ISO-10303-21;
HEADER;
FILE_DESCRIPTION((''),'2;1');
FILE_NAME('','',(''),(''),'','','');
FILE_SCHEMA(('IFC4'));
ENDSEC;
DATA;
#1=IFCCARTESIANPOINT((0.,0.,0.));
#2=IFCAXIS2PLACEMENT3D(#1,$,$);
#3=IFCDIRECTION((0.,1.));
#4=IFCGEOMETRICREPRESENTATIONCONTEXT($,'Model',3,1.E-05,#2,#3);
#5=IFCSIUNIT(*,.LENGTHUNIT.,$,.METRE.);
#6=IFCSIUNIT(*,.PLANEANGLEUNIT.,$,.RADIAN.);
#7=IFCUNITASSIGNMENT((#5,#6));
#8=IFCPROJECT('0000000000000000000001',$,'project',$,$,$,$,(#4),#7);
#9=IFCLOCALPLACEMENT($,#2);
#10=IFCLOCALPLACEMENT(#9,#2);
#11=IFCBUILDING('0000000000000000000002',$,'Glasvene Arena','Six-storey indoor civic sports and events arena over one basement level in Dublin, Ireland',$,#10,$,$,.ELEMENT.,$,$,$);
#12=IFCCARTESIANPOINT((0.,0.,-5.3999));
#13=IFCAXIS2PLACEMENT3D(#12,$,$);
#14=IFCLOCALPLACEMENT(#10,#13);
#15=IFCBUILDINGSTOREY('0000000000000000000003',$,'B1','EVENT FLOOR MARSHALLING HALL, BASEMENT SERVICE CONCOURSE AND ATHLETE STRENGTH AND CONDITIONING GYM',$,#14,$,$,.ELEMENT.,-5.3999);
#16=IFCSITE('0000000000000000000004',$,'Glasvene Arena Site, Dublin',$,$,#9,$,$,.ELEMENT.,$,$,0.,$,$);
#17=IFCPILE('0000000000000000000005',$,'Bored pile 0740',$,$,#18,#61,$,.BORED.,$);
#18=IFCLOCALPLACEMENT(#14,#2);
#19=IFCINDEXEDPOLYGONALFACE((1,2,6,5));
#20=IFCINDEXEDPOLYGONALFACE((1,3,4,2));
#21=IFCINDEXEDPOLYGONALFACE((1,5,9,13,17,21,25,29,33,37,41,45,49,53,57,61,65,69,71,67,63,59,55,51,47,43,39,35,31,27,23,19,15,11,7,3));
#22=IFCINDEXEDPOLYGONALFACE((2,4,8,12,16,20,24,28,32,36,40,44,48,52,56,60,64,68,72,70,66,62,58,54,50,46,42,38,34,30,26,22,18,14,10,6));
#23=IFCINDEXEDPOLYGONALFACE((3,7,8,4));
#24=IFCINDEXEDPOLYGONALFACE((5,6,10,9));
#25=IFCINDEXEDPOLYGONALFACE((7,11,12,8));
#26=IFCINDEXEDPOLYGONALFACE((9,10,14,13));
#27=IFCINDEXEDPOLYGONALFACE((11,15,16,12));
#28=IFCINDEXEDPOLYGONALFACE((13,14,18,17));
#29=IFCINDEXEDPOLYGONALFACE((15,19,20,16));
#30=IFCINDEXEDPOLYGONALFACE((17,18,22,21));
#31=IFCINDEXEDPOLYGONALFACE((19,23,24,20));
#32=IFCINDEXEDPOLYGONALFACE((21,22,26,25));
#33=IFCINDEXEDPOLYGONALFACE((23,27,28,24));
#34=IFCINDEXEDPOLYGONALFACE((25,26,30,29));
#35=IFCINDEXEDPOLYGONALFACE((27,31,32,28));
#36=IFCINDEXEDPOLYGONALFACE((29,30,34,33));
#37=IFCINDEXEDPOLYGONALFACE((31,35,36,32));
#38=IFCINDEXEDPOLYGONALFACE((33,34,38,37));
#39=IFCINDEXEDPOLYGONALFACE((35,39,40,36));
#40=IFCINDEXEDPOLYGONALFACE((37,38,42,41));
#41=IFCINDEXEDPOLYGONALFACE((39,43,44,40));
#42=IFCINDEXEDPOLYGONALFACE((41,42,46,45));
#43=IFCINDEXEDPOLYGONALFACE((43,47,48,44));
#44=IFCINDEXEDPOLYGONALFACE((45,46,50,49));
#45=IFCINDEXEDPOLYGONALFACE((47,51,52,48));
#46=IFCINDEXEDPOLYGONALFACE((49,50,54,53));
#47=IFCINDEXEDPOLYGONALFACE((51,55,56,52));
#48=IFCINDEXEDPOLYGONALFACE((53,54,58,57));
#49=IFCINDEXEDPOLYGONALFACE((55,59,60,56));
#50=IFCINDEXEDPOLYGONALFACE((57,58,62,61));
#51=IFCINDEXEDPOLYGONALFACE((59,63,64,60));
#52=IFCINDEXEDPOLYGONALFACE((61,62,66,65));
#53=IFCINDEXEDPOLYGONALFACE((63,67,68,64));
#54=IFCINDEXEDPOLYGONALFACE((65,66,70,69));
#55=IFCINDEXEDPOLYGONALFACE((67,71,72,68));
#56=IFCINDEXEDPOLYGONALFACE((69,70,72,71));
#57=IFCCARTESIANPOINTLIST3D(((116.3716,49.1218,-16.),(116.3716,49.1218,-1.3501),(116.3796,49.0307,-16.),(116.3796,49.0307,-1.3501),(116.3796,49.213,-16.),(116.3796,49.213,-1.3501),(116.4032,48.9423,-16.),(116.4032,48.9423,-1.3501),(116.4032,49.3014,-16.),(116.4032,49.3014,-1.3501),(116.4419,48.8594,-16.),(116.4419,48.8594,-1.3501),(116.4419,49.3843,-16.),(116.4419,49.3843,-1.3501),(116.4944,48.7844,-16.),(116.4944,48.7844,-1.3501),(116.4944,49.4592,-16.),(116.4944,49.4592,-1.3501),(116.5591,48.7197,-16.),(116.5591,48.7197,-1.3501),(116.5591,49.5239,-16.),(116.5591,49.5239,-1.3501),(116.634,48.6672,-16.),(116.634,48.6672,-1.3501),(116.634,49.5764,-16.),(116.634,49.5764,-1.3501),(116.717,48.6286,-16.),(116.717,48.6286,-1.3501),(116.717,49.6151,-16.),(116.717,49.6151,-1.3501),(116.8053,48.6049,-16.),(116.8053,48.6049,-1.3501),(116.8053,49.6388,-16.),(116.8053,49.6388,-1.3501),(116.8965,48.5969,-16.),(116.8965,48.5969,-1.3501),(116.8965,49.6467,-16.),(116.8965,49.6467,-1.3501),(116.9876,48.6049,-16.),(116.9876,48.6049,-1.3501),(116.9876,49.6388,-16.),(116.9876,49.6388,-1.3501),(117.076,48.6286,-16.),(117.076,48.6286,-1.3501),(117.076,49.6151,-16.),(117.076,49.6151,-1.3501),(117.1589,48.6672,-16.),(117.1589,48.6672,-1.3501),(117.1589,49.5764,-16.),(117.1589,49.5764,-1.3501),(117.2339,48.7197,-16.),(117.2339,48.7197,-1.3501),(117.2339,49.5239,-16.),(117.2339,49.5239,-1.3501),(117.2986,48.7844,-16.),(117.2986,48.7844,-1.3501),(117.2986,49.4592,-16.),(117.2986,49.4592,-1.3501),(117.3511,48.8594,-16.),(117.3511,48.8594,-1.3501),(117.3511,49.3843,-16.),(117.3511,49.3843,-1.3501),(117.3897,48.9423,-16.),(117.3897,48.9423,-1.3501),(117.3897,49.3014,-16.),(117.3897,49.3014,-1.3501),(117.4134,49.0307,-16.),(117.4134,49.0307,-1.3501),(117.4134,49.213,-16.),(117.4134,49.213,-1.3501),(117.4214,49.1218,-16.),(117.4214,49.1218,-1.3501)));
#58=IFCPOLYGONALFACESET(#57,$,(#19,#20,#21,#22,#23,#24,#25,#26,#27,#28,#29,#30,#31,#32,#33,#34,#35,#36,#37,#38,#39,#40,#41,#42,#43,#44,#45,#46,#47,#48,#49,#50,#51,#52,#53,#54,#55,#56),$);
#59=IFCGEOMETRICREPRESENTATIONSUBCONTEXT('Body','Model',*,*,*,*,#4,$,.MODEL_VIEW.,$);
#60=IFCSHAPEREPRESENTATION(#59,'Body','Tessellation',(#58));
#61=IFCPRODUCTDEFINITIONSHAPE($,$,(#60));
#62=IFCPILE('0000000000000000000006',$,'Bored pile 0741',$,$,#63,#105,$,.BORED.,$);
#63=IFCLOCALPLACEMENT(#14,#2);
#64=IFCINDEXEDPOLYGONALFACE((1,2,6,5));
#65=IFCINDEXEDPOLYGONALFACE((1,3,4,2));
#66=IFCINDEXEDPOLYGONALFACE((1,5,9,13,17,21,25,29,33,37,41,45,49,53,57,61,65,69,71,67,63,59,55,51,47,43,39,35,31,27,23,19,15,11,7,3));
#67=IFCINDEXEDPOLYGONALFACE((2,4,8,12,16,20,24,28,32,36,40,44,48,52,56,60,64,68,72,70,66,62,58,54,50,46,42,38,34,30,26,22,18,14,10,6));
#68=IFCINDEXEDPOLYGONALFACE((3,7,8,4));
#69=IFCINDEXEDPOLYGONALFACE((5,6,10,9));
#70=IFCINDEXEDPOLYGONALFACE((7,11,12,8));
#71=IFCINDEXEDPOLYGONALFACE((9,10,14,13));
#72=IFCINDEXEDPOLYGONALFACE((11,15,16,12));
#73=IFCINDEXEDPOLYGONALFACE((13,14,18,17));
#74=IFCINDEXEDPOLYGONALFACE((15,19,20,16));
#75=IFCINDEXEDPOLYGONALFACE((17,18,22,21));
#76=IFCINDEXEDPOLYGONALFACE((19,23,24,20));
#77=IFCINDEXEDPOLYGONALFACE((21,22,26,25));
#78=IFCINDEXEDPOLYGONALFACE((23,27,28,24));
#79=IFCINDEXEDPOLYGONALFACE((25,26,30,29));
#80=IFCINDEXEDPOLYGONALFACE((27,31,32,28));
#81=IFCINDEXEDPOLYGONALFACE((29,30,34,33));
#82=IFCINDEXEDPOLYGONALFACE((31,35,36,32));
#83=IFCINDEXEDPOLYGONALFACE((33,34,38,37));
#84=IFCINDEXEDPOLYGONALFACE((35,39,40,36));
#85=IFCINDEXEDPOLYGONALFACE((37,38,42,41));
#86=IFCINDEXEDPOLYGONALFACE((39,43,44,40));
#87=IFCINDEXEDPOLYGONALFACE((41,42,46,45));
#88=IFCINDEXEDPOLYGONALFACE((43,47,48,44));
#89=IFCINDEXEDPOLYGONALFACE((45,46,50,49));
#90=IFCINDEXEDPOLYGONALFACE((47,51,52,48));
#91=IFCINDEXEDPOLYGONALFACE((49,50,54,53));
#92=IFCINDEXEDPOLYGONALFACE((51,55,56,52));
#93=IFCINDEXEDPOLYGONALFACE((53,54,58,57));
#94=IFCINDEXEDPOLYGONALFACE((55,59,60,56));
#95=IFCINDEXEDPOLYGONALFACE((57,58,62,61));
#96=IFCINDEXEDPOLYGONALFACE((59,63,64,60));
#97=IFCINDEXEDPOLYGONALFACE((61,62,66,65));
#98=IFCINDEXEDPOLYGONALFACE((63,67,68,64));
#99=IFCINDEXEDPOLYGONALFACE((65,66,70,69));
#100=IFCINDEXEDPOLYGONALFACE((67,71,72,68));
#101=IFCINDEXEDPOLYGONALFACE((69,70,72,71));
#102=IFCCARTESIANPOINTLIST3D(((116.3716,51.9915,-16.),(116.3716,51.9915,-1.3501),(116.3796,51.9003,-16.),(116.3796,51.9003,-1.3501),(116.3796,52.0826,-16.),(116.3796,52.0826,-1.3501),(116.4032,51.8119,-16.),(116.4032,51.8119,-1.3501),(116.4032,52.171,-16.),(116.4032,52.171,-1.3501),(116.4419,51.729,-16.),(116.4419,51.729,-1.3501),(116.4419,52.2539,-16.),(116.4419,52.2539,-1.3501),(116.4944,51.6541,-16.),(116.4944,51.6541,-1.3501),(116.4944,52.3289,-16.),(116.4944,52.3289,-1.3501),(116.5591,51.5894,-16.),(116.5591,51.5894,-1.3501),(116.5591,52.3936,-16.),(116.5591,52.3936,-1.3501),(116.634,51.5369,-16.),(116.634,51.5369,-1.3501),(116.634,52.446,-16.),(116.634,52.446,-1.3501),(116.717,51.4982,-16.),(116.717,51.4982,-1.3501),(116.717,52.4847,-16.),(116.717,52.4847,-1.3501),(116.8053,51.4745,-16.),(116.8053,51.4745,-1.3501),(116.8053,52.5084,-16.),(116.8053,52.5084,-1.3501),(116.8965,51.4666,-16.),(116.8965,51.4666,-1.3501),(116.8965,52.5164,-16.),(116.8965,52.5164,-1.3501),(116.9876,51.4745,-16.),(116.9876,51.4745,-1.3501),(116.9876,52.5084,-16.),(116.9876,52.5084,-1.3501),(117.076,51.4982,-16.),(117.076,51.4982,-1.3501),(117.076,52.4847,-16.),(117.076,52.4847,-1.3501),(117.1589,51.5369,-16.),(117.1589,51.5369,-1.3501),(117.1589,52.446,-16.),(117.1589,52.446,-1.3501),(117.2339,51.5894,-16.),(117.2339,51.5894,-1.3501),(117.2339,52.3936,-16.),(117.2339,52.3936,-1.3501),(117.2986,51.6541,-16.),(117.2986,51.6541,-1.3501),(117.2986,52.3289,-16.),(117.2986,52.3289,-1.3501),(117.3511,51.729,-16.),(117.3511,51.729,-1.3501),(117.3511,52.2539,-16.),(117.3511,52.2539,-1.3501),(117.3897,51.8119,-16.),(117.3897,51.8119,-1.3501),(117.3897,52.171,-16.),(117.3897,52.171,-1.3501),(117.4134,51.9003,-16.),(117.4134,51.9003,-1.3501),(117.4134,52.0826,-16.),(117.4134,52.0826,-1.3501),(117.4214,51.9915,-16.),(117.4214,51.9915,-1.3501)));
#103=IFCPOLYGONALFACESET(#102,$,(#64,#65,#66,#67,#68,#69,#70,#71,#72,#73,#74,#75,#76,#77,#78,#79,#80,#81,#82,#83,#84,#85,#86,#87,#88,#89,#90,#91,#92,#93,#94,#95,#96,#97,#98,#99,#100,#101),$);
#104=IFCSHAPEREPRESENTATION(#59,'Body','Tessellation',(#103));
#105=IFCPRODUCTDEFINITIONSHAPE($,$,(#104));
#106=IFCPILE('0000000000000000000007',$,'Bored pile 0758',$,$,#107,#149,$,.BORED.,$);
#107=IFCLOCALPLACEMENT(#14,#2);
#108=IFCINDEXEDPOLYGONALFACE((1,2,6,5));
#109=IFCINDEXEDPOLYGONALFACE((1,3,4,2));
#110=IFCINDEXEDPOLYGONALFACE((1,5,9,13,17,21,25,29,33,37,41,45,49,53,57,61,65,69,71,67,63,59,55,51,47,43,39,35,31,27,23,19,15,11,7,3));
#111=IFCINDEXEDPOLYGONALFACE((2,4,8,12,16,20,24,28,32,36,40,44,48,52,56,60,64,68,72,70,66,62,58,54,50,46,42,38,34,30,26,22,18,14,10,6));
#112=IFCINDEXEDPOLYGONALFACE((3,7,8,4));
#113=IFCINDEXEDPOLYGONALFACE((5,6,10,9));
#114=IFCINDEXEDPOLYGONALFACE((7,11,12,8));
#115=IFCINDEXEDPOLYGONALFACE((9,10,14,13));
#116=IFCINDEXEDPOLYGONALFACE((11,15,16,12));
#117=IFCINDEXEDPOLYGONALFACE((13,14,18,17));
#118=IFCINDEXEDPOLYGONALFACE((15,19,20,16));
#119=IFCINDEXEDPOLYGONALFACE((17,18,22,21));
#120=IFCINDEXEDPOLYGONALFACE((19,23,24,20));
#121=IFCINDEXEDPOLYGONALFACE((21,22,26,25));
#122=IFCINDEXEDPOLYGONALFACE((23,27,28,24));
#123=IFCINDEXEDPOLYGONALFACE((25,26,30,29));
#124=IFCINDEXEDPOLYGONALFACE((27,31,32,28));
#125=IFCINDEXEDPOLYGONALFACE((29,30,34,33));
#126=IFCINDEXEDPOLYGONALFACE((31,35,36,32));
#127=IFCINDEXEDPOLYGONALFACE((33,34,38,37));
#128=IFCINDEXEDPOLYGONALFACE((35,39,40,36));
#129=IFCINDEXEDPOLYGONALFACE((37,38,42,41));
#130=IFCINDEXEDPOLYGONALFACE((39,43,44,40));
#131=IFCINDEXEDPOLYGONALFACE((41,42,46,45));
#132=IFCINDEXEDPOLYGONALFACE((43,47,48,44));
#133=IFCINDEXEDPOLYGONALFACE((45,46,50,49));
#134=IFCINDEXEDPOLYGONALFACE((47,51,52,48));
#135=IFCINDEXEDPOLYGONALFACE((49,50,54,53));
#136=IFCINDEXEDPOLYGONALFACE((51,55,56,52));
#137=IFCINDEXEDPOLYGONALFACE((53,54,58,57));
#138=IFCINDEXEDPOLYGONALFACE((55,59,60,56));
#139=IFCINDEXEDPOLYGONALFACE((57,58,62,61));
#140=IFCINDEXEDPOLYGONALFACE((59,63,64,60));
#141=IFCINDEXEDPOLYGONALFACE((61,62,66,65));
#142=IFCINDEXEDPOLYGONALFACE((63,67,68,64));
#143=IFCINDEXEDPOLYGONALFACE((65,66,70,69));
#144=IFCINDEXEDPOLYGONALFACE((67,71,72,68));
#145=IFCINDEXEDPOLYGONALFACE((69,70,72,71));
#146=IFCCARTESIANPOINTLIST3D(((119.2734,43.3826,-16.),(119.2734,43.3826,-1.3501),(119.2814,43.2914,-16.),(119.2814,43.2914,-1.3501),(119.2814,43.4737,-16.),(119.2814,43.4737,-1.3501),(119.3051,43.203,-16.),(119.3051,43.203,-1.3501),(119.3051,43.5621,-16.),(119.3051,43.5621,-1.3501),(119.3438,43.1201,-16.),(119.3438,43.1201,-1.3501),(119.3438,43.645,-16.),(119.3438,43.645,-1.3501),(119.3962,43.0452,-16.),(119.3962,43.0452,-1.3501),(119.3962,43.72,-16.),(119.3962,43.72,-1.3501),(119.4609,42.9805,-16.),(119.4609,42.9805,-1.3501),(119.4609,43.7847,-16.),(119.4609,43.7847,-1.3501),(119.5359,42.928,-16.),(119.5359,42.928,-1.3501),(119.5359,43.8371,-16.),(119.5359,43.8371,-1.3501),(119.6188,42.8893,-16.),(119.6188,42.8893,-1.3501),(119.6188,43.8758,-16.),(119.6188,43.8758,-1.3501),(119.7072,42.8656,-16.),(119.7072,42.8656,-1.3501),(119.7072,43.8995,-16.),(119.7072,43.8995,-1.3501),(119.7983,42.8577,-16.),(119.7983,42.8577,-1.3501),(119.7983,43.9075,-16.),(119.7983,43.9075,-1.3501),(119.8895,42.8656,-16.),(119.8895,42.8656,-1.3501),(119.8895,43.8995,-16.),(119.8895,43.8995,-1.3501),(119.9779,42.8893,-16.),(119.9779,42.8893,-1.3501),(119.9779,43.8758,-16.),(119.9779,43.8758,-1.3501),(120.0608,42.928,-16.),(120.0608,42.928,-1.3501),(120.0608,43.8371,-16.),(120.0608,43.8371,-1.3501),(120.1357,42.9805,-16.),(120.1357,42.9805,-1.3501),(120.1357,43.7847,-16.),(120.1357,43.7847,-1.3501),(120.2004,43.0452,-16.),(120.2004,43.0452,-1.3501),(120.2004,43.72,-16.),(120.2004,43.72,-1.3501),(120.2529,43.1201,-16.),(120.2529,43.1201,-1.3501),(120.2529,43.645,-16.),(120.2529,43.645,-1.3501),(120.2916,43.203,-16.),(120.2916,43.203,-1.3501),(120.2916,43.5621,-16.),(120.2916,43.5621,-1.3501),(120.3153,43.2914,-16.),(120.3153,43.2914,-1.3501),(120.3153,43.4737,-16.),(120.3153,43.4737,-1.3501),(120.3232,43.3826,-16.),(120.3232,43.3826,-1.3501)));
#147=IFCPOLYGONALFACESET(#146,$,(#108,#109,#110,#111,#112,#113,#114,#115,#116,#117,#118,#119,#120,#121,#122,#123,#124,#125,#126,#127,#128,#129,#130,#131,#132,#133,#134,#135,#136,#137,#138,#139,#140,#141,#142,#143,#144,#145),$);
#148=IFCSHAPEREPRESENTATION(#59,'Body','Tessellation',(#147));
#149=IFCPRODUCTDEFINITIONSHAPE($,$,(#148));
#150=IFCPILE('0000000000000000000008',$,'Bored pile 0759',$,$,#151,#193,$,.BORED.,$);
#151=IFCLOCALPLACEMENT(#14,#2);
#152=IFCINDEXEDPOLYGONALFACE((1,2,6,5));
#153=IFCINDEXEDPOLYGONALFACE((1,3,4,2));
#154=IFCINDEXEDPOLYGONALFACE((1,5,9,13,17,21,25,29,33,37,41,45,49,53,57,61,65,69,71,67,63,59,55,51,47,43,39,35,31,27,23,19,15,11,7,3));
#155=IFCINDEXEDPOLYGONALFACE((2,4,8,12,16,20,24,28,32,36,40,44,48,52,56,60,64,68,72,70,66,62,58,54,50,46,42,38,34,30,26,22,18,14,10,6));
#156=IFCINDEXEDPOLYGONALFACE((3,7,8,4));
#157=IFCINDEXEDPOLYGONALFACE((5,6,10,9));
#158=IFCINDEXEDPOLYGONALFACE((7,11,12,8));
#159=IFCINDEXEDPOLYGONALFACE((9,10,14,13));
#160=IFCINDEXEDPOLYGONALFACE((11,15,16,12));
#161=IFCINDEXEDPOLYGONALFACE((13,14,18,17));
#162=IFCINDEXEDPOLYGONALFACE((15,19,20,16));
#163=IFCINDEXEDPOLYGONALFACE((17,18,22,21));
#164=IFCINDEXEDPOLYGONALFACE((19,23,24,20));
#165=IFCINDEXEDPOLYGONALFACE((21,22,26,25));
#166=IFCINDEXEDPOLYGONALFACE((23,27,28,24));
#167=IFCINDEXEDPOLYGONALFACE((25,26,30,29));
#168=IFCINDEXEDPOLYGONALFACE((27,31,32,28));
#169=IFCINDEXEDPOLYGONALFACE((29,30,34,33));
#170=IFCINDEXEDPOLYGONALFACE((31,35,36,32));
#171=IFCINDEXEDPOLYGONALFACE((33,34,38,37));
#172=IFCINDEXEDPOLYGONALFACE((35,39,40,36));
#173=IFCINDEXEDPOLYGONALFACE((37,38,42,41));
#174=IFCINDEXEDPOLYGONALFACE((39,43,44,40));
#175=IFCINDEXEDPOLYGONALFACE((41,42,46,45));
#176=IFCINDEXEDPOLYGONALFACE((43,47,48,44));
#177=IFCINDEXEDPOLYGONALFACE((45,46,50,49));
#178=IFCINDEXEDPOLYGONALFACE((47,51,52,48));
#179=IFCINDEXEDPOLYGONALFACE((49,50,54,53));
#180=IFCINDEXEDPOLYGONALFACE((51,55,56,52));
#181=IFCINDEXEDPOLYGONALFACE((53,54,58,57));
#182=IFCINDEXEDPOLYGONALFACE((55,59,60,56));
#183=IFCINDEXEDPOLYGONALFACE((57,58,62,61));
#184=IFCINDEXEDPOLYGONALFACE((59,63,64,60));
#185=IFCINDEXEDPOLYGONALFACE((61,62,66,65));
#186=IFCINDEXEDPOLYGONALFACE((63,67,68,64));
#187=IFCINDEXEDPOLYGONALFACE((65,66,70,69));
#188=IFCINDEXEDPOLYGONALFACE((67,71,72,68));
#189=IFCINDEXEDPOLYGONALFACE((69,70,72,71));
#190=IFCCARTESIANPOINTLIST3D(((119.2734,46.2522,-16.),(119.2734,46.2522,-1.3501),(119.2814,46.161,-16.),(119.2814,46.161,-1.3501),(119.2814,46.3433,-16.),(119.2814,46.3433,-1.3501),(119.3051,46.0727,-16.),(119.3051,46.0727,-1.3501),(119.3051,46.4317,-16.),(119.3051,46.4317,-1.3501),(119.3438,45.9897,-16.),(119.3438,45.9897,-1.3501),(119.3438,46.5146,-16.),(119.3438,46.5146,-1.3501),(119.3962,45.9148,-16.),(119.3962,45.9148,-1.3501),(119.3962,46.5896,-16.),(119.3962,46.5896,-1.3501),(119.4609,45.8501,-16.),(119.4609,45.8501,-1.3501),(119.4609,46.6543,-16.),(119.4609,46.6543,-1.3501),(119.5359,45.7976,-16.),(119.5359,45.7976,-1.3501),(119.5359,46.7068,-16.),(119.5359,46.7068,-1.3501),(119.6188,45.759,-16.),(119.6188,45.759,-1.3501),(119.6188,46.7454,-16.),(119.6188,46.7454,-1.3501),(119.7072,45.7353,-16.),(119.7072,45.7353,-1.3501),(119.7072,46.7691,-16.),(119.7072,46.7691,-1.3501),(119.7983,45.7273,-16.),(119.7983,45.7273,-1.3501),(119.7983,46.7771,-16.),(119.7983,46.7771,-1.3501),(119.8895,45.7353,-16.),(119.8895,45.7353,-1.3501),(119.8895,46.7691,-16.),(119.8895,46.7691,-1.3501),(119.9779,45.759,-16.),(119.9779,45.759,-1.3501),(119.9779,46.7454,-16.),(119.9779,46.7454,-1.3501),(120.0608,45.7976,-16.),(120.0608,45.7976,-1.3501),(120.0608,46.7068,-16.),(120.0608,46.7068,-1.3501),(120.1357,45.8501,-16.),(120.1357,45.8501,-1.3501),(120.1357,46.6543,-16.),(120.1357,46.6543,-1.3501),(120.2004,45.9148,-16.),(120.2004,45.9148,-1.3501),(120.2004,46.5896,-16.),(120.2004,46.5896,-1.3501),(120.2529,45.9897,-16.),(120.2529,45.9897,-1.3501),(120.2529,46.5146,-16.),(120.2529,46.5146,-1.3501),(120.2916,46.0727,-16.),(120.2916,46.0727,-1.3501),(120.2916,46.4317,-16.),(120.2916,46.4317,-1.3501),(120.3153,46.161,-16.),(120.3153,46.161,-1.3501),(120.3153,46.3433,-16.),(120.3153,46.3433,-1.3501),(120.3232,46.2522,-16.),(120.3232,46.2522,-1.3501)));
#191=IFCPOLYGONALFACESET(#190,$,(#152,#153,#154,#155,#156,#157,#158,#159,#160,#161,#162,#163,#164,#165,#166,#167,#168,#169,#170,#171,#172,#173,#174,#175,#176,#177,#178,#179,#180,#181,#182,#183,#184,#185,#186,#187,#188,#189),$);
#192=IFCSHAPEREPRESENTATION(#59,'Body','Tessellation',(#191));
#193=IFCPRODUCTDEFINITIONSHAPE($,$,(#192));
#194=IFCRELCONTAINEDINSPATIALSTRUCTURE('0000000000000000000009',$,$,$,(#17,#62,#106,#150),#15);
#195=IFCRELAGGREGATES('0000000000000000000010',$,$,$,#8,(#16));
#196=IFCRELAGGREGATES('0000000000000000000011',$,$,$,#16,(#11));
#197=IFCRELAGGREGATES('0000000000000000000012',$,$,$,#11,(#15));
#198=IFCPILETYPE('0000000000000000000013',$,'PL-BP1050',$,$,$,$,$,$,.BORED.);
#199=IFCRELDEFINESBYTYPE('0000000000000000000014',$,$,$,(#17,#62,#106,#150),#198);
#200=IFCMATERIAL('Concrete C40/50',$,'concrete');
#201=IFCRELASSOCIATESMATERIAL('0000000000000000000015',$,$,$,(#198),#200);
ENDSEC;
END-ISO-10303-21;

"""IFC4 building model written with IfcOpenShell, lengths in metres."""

from ifc_helpers import new_model, si_unit, direction, frame, origin, origin_2d, place, context, subcontext, project, spatial, circle, extrude, material, material_profile, profile_set, type_object, element, save


model = new_model("IFC4")

# Units and contexts
model_context = context("Model", 3, precision=1e-05, world=origin(), true_north=direction((0.0, 1.0)))
body_context = subcontext(model_context, "Body", "Model", "MODEL_VIEW")
ifc_project = project(units=[si_unit("LENGTHUNIT", "METRE"), si_unit("PLANEANGLEUNIT", "RADIAN")], contexts=[model_context])

# Site, building, storey
site_placement = place(None, origin())
site = spatial("IfcSite", under=ifc_project, at=site_placement, Name="Glasvene Arena Site, Dublin", CompositionType="ELEMENT", RefElevation=0.0)
building_placement = place(site_placement, origin())
building = spatial("IfcBuilding", under=site, at=building_placement, Name="Glasvene Arena", Description="Six-storey indoor civic sports and events arena over one basement level in Dublin, Ireland", CompositionType="ELEMENT")
storey_placement = place(building_placement, frame((0.0, 0.0, -5.3999)))
storey = spatial("IfcBuildingStorey", under=building, at=storey_placement, Name="B1", Description="EVENT FLOOR MARSHALLING HALL, BASEMENT SERVICE CONCOURSE AND ATHLETE STRENGTH AND CONDITIONING GYM", CompositionType="ELEMENT", Elevation=-5.3999)

# Piles
ifc_material_1 = material(Name="Concrete C40/50", Category="concrete")
ifc_material_profile_1 = material_profile(ifc_material_1, circle(Radius=0.5249, at=origin_2d()), Name="BORED PILE 1050")
ifc_profile_set_1 = profile_set([ifc_material_profile_1], Name="Concrete C40/50")
pile_type = type_object("IfcPileType", Name="PL-BP1050", PredefinedType="BORED", material=ifc_profile_set_1)
for number, where, z_axis, x_axis, name in (
    (1, (116.8965, 49.1218, -1.3501), (0.0, 0.0, -1.0), (1.0, 0.0, 0.0), "Bored pile 0740"),
    (2, (116.8965, 51.9915, -1.3501), (0.0, 0.0, -1.0), (1.0, 0.0, 0.0), "Bored pile 0741"),
    (3, (119.7983, 43.3826, -1.3501), (0.0, 0.0, -1.0), (1.0, 0.0, 0.0), "Bored pile 0758"),
    (4, (119.7983, 46.2522, -1.3501), (0.0, 0.0, -1.0), (1.0, 0.0, 0.0), "Bored pile 0759"),
):
    element("IfcPile", number, at=place(storey_placement, frame(where, z_axis=z_axis, x_axis=x_axis)), inside=storey, type_object=pile_type, Name=name, PredefinedType="BORED", context=body_context, shape_type="SweptSolid", body=[
        extrude(circle(Radius=0.5249, at=origin_2d()), origin(), (0.0, 0.0, 1.0), 14.6499),
    ])

save(model, "model.ifc")
